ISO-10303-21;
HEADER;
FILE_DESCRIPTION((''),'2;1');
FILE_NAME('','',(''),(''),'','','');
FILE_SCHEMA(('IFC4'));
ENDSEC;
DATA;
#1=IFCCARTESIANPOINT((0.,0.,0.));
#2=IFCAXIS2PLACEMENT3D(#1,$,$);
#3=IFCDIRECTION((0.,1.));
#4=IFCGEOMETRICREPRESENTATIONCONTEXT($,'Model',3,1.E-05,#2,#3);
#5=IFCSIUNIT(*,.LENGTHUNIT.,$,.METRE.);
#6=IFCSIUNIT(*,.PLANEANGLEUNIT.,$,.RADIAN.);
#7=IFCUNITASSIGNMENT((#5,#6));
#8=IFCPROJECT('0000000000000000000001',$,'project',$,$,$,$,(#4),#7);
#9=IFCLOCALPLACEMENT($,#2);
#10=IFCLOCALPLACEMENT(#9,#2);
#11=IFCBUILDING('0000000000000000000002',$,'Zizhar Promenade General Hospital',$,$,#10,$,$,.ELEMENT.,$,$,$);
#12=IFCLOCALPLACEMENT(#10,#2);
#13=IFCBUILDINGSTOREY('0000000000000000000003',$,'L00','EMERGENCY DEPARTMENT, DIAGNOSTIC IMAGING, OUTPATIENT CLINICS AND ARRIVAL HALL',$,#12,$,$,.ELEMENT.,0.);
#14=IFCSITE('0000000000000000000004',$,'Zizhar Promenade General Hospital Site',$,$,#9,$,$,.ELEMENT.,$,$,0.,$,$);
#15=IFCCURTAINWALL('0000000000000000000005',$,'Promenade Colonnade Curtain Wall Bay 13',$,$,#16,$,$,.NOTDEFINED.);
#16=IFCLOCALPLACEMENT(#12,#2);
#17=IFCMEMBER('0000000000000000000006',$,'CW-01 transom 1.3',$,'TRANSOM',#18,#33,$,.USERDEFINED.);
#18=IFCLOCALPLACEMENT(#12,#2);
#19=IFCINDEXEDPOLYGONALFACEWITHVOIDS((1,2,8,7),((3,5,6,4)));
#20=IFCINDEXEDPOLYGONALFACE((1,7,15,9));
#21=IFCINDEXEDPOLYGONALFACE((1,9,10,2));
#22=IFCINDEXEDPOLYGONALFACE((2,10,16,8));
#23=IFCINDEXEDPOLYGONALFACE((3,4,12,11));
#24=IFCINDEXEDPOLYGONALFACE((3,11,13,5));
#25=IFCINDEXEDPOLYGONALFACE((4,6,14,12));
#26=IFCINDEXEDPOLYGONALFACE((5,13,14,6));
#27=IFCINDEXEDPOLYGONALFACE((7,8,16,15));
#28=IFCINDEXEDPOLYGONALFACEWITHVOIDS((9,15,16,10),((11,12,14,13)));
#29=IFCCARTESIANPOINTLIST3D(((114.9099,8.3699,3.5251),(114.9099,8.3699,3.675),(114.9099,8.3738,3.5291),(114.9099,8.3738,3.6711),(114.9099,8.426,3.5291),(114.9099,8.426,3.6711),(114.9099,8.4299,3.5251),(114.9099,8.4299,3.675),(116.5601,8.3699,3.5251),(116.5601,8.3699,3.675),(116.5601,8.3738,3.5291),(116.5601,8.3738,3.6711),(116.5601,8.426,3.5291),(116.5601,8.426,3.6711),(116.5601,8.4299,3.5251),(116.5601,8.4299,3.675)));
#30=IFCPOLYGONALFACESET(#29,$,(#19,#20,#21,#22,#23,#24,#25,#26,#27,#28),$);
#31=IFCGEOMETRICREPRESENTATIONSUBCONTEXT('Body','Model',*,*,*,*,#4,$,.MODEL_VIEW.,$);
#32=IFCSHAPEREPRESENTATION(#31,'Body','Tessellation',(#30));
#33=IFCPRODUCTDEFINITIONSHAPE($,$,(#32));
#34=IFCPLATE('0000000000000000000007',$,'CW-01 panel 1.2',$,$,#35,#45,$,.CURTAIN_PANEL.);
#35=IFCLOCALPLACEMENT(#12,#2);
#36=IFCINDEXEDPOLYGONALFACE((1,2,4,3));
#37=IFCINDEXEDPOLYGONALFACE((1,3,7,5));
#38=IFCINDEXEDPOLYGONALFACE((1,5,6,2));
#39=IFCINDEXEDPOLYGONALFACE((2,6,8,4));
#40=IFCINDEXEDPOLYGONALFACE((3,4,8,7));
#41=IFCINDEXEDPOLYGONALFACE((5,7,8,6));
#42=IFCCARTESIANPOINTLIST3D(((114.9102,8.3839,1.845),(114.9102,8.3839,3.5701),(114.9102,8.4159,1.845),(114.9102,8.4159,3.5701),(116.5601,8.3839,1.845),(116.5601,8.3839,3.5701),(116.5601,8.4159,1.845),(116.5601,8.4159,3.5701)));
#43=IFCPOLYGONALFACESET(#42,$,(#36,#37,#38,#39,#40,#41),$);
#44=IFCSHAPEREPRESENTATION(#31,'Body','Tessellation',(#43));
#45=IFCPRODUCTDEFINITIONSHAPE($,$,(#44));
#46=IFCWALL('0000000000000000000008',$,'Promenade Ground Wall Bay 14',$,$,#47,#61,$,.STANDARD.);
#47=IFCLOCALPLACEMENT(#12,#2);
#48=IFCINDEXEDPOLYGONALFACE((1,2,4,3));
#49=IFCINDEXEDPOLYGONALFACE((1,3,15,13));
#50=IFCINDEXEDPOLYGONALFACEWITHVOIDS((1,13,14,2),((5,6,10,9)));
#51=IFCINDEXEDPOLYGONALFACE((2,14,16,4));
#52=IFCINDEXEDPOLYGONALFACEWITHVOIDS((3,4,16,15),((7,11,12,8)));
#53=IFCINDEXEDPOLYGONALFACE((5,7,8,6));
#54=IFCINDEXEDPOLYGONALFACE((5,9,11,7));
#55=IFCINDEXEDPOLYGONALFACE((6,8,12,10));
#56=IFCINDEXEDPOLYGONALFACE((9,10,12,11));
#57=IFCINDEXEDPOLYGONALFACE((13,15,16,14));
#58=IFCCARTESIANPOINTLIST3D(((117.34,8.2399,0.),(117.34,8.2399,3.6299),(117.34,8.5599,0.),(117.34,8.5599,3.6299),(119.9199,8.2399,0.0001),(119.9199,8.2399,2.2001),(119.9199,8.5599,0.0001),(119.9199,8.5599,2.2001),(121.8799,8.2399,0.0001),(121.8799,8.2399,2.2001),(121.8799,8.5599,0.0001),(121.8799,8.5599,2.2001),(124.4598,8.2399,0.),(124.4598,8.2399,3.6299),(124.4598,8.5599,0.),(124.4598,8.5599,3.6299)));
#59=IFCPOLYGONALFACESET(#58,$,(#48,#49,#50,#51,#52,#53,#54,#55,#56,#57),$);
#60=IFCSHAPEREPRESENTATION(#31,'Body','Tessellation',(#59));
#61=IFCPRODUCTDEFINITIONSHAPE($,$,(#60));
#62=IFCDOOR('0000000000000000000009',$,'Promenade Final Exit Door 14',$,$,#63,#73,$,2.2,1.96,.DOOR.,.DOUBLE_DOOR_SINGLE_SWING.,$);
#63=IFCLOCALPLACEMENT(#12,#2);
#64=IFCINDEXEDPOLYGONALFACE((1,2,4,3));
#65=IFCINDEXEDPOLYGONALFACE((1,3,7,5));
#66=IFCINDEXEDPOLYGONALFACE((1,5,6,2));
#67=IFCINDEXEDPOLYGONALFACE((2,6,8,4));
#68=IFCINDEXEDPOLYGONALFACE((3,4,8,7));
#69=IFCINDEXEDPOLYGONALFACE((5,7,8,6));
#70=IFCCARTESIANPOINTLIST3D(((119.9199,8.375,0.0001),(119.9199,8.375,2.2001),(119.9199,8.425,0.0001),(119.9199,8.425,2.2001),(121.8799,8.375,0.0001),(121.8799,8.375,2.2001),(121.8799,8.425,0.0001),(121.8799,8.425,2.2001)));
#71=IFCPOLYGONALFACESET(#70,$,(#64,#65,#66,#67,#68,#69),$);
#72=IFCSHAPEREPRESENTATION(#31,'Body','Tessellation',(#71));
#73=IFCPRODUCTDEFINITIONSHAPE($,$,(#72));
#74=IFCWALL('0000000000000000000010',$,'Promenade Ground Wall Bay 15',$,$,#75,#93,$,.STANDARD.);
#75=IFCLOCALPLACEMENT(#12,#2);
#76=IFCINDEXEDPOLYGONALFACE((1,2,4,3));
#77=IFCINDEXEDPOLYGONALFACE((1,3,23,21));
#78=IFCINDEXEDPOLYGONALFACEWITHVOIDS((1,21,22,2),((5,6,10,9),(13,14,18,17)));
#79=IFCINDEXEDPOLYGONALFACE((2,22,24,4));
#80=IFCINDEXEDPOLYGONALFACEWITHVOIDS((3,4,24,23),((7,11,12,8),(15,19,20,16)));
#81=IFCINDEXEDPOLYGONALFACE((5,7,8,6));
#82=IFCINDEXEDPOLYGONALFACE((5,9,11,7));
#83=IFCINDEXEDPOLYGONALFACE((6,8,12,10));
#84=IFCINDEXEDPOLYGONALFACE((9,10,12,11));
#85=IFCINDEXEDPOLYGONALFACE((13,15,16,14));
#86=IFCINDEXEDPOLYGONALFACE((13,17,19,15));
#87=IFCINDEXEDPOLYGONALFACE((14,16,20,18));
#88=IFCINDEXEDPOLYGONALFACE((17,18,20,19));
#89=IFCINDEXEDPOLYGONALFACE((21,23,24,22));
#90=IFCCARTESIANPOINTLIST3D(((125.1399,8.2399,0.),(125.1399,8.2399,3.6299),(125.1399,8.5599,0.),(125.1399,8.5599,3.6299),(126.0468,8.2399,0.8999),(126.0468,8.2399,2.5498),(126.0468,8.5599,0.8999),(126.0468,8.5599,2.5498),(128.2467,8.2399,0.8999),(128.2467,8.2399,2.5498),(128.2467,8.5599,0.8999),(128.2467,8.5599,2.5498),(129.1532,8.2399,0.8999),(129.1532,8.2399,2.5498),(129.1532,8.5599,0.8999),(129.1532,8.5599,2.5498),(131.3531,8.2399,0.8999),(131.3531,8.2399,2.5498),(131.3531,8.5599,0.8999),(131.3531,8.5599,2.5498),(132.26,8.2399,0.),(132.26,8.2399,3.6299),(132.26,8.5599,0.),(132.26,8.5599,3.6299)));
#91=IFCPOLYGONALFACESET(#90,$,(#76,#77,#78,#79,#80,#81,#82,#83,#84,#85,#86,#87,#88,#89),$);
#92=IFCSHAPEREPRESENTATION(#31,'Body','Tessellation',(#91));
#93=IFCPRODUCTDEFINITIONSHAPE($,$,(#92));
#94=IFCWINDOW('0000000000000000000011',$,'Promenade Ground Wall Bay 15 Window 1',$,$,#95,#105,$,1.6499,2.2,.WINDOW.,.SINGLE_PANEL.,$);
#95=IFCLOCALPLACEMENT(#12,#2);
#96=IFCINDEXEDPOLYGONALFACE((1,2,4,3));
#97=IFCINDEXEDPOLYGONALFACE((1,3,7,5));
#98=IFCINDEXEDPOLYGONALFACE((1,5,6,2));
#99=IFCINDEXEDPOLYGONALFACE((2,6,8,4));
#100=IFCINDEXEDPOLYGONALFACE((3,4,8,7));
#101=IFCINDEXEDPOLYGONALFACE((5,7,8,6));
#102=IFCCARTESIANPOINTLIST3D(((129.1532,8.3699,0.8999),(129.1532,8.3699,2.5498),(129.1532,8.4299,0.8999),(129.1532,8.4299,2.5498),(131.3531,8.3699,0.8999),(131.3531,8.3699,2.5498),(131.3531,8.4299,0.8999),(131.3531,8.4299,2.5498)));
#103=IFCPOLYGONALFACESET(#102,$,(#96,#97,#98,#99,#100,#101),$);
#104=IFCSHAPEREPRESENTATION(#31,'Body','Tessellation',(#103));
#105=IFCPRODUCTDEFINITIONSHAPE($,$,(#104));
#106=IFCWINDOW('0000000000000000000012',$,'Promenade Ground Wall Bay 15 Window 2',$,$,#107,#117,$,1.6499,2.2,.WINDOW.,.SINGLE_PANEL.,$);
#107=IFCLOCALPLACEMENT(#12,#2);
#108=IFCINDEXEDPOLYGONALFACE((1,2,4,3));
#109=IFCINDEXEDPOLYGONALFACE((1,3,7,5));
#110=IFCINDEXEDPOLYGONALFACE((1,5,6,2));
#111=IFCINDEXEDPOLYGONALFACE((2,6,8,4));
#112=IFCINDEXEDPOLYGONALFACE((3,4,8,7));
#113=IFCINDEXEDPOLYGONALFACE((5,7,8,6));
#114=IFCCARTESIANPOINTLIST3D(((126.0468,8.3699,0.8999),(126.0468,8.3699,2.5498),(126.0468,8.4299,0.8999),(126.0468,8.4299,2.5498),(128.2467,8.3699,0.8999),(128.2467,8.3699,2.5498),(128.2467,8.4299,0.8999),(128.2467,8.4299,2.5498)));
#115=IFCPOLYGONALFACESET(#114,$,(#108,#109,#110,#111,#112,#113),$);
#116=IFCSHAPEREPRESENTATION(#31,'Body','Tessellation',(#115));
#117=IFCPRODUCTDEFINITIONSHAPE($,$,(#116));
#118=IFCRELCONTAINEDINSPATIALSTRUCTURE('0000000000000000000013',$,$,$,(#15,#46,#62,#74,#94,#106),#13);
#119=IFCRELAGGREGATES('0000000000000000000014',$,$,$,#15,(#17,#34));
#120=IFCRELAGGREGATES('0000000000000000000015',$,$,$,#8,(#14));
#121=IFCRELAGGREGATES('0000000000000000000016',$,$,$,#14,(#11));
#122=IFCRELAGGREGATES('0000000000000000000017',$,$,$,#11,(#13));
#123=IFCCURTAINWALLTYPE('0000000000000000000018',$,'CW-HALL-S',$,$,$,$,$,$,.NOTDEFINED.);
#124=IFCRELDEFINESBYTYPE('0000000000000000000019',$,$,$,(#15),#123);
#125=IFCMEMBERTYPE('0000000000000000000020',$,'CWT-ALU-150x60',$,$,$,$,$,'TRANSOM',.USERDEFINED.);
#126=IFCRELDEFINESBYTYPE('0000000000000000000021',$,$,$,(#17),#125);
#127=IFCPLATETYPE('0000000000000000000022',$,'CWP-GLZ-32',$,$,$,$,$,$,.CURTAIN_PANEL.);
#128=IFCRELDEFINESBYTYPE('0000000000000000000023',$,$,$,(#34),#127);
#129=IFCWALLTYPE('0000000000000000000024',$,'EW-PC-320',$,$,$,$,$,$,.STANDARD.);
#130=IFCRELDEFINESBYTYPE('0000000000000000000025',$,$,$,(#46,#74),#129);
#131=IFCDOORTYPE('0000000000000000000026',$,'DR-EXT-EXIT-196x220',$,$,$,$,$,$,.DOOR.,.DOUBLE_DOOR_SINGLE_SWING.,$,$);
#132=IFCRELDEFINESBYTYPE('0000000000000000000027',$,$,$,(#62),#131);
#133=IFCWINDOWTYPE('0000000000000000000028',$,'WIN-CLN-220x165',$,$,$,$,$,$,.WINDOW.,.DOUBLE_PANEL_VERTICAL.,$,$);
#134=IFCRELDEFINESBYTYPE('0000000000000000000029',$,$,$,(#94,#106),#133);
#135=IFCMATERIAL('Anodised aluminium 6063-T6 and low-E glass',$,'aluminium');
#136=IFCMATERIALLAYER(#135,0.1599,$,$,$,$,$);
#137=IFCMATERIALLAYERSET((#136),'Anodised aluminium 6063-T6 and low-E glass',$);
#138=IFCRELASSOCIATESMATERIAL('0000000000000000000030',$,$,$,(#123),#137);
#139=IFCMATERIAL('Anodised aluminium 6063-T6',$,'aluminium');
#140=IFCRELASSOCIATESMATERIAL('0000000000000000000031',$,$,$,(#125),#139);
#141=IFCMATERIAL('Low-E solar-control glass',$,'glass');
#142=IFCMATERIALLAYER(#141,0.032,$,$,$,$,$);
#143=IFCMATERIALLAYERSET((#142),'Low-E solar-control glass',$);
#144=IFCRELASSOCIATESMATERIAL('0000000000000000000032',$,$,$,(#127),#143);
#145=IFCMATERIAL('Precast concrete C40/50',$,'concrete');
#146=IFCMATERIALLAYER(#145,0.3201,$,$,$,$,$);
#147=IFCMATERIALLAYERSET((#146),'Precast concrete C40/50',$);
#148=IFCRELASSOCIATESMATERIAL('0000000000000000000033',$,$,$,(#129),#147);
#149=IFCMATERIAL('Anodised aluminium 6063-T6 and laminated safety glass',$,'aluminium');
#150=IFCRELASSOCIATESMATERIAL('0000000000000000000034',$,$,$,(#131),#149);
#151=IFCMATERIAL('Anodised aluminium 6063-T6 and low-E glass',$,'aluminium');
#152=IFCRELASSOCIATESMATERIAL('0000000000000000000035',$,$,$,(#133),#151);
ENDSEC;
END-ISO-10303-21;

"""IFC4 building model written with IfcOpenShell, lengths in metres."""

from ifc_helpers import new_model, si_unit, direction, frame, frame_2d, origin, origin_2d, place, context, subcontext, project, spatial, rectangle, hollow_rectangle, extrude, material, layer, layer_set, material_profile, profile_set, type_object, element, fill, aggregate, save


model = new_model("IFC4")

# Units and contexts
model_context = context("Model", 3, precision=1e-05, world=origin(), true_north=direction((0.0, 1.0)))
body_context = subcontext(model_context, "Body", "Model", "MODEL_VIEW")
ifc_project = project(units=[si_unit("LENGTHUNIT", "METRE"), si_unit("PLANEANGLEUNIT", "RADIAN")], contexts=[model_context])

# Site, building, storey
site_placement = place(None, origin())
site = spatial("IfcSite", under=ifc_project, at=site_placement, Name="Zizhar Promenade General Hospital Site", CompositionType="ELEMENT", RefElevation=0.0)
building_placement = place(site_placement, origin())
building = spatial("IfcBuilding", under=site, at=building_placement, Name="Zizhar Promenade General Hospital", CompositionType="ELEMENT")
storey_placement = place(building_placement, origin())
storey = spatial("IfcBuildingStorey", under=building, at=storey_placement, Name="L00", Description="EMERGENCY DEPARTMENT, DIAGNOSTIC IMAGING, OUTPATIENT CLINICS AND ARRIVAL HALL", CompositionType="ELEMENT", Elevation=0.0)

# Curtain wall, member, plate
ifc_material_1 = material(Name="Anodised aluminium 6063-T6 and low-E glass", Category="aluminium")
ifc_layer_1 = layer(ifc_material_1, 0.1599)
ifc_layer_set_1 = layer_set([ifc_layer_1], Name="Anodised aluminium 6063-T6 and low-E glass")
curtain_wall_type = type_object("IfcCurtainWallType", Name="CW-HALL-S", PredefinedType="NOTDEFINED", material=ifc_layer_set_1)
curtain_wall_placement = place(storey_placement, origin())
curtain_wall = element("IfcCurtainWall", 1, at=curtain_wall_placement, inside=storey, type_object=curtain_wall_type, Name="Promenade Colonnade Curtain Wall Bay 13", PredefinedType="NOTDEFINED")
ifc_material_2 = material(Name="Anodised aluminium 6063-T6", Category="aluminium")
ifc_material_profile_1 = material_profile(ifc_material_2, hollow_rectangle(XDim=0.0601, YDim=0.1499, WallThickness=0.0039, at=origin_2d()))
ifc_profile_set_1 = profile_set([ifc_material_profile_1], Name="Anodised aluminium 6063-T6")
member_type_1 = type_object("IfcMemberType", Name="CWT-ALU-150x60", ElementType="TRANSOM", PredefinedType="USERDEFINED", material=ifc_profile_set_1)
member_1_placement = place(storey_placement, frame((116.5601, 8.3999, 3.6001), z_axis=(-1.0, 0.0, 0.0), x_axis=(0.0, -1.0, 0.0)))
member_1 = element("IfcMember", 2, at=member_1_placement, type_object=member_type_1, Name="CW-01 transom 1.3", ObjectType="TRANSOM", PredefinedType="USERDEFINED", context=body_context, shape_type="SweptSolid", body=[
    extrude(hollow_rectangle(XDim=0.0601, YDim=0.1499, WallThickness=0.0039, at=origin_2d()), origin(), (0.0, 0.0, 1.0), 1.6501),
])
ifc_material_3 = material(Name="Low-E solar-control glass", Category="glass")
ifc_layer_2 = layer(ifc_material_3, 0.032)
ifc_layer_set_2 = layer_set([ifc_layer_2], Name="Low-E solar-control glass")
plate_type = type_object("IfcPlateType", Name="CWP-GLZ-32", PredefinedType="CURTAIN_PANEL", material=ifc_layer_set_2)
plate_placement = place(storey_placement, frame((115.7351, 8.3999, 1.845), z_axis=(0.0, 0.0, 1.0), x_axis=(-1.0, 0.0, 0.0)))
plate = element("IfcPlate", 3, at=plate_placement, type_object=plate_type, Name="CW-01 panel 1.2", PredefinedType="CURTAIN_PANEL", context=body_context, shape_type="SweptSolid", body=[
    extrude(rectangle(XDim=1.6499, YDim=0.032, at=origin_2d()), origin(), (0.0, 0.0, 1.0), 1.7251),
])
aggregate(curtain_wall, [member_1, plate])

# Wall, opening, door
ifc_material_4 = material(Name="Precast concrete C40/50", Category="concrete")
ifc_layer_3 = layer(ifc_material_4, 0.3201)
ifc_layer_set_3 = layer_set([ifc_layer_3], Name="Precast concrete C40/50")
wall_type = type_object("IfcWallType", Name="EW-PC-320", PredefinedType="STANDARD", material=ifc_layer_set_3)
wall_1_placement = place(storey_placement, frame((124.46, 8.3999, 0.0), z_axis=(0.0, 0.0, 1.0), x_axis=(-1.0, 0.0, 0.0)))
wall_1 = element("IfcWall", 4, at=wall_1_placement, inside=storey, type_object=wall_type, Name="Promenade Ground Wall Bay 14", PredefinedType="STANDARD", context=body_context, shape_type="SweptSolid", body=[
    extrude(rectangle(XDim=7.1199, YDim=0.3201, at=frame_2d((3.5601, 0.0))), origin(), (0.0, 0.0, 1.0), 3.6299),
])
opening_1_placement = place(wall_1_placement, frame((2.5801, 0.0, 0.0)))
opening_1 = element("IfcOpeningElement", 5, at=opening_1_placement, cuts=wall_1, PredefinedType="OPENING", context=body_context, shape_type="SweptSolid", body=[
    extrude(rectangle(XDim=1.96, YDim=2.2, at=frame_2d((0.98, 1.1001))), frame((0.0, 0.1699, 0.0), z_axis=(0.0, -1.0, 0.0), x_axis=(1.0, 0.0, 0.0)), (0.0, 0.0, 1.0), 0.3401),
])
ifc_material_5 = material(Name="Anodised aluminium 6063-T6 and laminated safety glass", Category="aluminium")
door_type = type_object("IfcDoorType", Name="DR-EXT-EXIT-196x220", OperationType="DOUBLE_DOOR_SINGLE_SWING", PredefinedType="DOOR", material=ifc_material_5)
door_placement = place(opening_1_placement, origin())
door = element("IfcDoor", 6, at=door_placement, inside=storey, type_object=door_type, Name="Promenade Final Exit Door 14", OperationType="DOUBLE_DOOR_SINGLE_SWING", OverallHeight=2.2, OverallWidth=1.96, PredefinedType="DOOR", context=body_context, shape_type="SweptSolid", body=[
    extrude(rectangle(XDim=1.96, YDim=2.2, at=frame_2d((0.98, 1.1001))), frame((0.0, 0.0249, 0.0), z_axis=(0.0, -1.0, 0.0), x_axis=(1.0, 0.0, 0.0)), (0.0, 0.0, 1.0), 0.05),
])
fill(opening_1, door)

# Wall, openings, windows
wall_2_placement = place(storey_placement, frame((132.26, 8.3999, 0.0), z_axis=(0.0, 0.0, 1.0), x_axis=(-1.0, 0.0, 0.0)))
wall_2 = element("IfcWall", 7, at=wall_2_placement, inside=storey, type_object=wall_type, Name="Promenade Ground Wall Bay 15", PredefinedType="STANDARD", context=body_context, shape_type="SweptSolid", body=[
    extrude(rectangle(XDim=7.1201, YDim=0.3201, at=frame_2d((3.5601, 0.0))), origin(), (0.0, 0.0, 1.0), 3.6299),
])
opening_2_placement = place(wall_2_placement, frame((0.9067, 0.0, 0.8999)))
opening_2 = element("IfcOpeningElement", 8, at=opening_2_placement, cuts=wall_2, PredefinedType="OPENING", context=body_context, shape_type="SweptSolid", body=[
    extrude(rectangle(XDim=2.2, YDim=1.6499, at=frame_2d((1.1001, 0.825))), frame((0.0, 0.1699, 0.0), z_axis=(0.0, -1.0, 0.0), x_axis=(1.0, 0.0, 0.0)), (0.0, 0.0, 1.0), 0.3401),
])
opening_3_placement = place(wall_2_placement, frame((4.0132, 0.0, 0.8999)))
opening_3 = element("IfcOpeningElement", 9, at=opening_3_placement, cuts=wall_2, PredefinedType="OPENING", context=body_context, shape_type="SweptSolid", body=[
    extrude(rectangle(XDim=2.2, YDim=1.6499, at=frame_2d((1.1001, 0.825))), frame((0.0, 0.1699, 0.0), z_axis=(0.0, -1.0, 0.0), x_axis=(1.0, 0.0, 0.0)), (0.0, 0.0, 1.0), 0.3401),
])
ifc_material_6 = material(Name="Anodised aluminium 6063-T6 and low-E glass", Category="aluminium")
window_type = type_object("IfcWindowType", Name="WIN-CLN-220x165", PartitioningType="DOUBLE_PANEL_VERTICAL", PredefinedType="WINDOW", material=ifc_material_6)
window_1_placement = place(opening_2_placement, origin())
window_1 = element("IfcWindow", 10, at=window_1_placement, inside=storey, type_object=window_type, Name="Promenade Ground Wall Bay 15 Window 1", OverallHeight=1.6499, OverallWidth=2.2, PartitioningType="SINGLE_PANEL", PredefinedType="WINDOW", context=body_context, shape_type="SweptSolid", body=[
    extrude(rectangle(XDim=2.2, YDim=1.6499, at=frame_2d((1.1001, 0.825))), frame((0.0, 0.03, 0.0), z_axis=(0.0, -1.0, 0.0), x_axis=(1.0, 0.0, 0.0)), (0.0, 0.0, 1.0), 0.0601),
])
fill(opening_2, window_1)
window_2_placement = place(opening_3_placement, origin())
window_2 = element("IfcWindow", 11, at=window_2_placement, inside=storey, type_object=window_type, Name="Promenade Ground Wall Bay 15 Window 2", OverallHeight=1.6499, OverallWidth=2.2, PartitioningType="SINGLE_PANEL", PredefinedType="WINDOW", context=body_context, shape_type="SweptSolid", body=[
    extrude(rectangle(XDim=2.2, YDim=1.6499, at=frame_2d((1.1001, 0.825))), frame((0.0, 0.03, 0.0), z_axis=(0.0, -1.0, 0.0), x_axis=(1.0, 0.0, 0.0)), (0.0, 0.0, 1.0), 0.0601),
])
fill(opening_3, window_2)

save(model, "model.ifc")
